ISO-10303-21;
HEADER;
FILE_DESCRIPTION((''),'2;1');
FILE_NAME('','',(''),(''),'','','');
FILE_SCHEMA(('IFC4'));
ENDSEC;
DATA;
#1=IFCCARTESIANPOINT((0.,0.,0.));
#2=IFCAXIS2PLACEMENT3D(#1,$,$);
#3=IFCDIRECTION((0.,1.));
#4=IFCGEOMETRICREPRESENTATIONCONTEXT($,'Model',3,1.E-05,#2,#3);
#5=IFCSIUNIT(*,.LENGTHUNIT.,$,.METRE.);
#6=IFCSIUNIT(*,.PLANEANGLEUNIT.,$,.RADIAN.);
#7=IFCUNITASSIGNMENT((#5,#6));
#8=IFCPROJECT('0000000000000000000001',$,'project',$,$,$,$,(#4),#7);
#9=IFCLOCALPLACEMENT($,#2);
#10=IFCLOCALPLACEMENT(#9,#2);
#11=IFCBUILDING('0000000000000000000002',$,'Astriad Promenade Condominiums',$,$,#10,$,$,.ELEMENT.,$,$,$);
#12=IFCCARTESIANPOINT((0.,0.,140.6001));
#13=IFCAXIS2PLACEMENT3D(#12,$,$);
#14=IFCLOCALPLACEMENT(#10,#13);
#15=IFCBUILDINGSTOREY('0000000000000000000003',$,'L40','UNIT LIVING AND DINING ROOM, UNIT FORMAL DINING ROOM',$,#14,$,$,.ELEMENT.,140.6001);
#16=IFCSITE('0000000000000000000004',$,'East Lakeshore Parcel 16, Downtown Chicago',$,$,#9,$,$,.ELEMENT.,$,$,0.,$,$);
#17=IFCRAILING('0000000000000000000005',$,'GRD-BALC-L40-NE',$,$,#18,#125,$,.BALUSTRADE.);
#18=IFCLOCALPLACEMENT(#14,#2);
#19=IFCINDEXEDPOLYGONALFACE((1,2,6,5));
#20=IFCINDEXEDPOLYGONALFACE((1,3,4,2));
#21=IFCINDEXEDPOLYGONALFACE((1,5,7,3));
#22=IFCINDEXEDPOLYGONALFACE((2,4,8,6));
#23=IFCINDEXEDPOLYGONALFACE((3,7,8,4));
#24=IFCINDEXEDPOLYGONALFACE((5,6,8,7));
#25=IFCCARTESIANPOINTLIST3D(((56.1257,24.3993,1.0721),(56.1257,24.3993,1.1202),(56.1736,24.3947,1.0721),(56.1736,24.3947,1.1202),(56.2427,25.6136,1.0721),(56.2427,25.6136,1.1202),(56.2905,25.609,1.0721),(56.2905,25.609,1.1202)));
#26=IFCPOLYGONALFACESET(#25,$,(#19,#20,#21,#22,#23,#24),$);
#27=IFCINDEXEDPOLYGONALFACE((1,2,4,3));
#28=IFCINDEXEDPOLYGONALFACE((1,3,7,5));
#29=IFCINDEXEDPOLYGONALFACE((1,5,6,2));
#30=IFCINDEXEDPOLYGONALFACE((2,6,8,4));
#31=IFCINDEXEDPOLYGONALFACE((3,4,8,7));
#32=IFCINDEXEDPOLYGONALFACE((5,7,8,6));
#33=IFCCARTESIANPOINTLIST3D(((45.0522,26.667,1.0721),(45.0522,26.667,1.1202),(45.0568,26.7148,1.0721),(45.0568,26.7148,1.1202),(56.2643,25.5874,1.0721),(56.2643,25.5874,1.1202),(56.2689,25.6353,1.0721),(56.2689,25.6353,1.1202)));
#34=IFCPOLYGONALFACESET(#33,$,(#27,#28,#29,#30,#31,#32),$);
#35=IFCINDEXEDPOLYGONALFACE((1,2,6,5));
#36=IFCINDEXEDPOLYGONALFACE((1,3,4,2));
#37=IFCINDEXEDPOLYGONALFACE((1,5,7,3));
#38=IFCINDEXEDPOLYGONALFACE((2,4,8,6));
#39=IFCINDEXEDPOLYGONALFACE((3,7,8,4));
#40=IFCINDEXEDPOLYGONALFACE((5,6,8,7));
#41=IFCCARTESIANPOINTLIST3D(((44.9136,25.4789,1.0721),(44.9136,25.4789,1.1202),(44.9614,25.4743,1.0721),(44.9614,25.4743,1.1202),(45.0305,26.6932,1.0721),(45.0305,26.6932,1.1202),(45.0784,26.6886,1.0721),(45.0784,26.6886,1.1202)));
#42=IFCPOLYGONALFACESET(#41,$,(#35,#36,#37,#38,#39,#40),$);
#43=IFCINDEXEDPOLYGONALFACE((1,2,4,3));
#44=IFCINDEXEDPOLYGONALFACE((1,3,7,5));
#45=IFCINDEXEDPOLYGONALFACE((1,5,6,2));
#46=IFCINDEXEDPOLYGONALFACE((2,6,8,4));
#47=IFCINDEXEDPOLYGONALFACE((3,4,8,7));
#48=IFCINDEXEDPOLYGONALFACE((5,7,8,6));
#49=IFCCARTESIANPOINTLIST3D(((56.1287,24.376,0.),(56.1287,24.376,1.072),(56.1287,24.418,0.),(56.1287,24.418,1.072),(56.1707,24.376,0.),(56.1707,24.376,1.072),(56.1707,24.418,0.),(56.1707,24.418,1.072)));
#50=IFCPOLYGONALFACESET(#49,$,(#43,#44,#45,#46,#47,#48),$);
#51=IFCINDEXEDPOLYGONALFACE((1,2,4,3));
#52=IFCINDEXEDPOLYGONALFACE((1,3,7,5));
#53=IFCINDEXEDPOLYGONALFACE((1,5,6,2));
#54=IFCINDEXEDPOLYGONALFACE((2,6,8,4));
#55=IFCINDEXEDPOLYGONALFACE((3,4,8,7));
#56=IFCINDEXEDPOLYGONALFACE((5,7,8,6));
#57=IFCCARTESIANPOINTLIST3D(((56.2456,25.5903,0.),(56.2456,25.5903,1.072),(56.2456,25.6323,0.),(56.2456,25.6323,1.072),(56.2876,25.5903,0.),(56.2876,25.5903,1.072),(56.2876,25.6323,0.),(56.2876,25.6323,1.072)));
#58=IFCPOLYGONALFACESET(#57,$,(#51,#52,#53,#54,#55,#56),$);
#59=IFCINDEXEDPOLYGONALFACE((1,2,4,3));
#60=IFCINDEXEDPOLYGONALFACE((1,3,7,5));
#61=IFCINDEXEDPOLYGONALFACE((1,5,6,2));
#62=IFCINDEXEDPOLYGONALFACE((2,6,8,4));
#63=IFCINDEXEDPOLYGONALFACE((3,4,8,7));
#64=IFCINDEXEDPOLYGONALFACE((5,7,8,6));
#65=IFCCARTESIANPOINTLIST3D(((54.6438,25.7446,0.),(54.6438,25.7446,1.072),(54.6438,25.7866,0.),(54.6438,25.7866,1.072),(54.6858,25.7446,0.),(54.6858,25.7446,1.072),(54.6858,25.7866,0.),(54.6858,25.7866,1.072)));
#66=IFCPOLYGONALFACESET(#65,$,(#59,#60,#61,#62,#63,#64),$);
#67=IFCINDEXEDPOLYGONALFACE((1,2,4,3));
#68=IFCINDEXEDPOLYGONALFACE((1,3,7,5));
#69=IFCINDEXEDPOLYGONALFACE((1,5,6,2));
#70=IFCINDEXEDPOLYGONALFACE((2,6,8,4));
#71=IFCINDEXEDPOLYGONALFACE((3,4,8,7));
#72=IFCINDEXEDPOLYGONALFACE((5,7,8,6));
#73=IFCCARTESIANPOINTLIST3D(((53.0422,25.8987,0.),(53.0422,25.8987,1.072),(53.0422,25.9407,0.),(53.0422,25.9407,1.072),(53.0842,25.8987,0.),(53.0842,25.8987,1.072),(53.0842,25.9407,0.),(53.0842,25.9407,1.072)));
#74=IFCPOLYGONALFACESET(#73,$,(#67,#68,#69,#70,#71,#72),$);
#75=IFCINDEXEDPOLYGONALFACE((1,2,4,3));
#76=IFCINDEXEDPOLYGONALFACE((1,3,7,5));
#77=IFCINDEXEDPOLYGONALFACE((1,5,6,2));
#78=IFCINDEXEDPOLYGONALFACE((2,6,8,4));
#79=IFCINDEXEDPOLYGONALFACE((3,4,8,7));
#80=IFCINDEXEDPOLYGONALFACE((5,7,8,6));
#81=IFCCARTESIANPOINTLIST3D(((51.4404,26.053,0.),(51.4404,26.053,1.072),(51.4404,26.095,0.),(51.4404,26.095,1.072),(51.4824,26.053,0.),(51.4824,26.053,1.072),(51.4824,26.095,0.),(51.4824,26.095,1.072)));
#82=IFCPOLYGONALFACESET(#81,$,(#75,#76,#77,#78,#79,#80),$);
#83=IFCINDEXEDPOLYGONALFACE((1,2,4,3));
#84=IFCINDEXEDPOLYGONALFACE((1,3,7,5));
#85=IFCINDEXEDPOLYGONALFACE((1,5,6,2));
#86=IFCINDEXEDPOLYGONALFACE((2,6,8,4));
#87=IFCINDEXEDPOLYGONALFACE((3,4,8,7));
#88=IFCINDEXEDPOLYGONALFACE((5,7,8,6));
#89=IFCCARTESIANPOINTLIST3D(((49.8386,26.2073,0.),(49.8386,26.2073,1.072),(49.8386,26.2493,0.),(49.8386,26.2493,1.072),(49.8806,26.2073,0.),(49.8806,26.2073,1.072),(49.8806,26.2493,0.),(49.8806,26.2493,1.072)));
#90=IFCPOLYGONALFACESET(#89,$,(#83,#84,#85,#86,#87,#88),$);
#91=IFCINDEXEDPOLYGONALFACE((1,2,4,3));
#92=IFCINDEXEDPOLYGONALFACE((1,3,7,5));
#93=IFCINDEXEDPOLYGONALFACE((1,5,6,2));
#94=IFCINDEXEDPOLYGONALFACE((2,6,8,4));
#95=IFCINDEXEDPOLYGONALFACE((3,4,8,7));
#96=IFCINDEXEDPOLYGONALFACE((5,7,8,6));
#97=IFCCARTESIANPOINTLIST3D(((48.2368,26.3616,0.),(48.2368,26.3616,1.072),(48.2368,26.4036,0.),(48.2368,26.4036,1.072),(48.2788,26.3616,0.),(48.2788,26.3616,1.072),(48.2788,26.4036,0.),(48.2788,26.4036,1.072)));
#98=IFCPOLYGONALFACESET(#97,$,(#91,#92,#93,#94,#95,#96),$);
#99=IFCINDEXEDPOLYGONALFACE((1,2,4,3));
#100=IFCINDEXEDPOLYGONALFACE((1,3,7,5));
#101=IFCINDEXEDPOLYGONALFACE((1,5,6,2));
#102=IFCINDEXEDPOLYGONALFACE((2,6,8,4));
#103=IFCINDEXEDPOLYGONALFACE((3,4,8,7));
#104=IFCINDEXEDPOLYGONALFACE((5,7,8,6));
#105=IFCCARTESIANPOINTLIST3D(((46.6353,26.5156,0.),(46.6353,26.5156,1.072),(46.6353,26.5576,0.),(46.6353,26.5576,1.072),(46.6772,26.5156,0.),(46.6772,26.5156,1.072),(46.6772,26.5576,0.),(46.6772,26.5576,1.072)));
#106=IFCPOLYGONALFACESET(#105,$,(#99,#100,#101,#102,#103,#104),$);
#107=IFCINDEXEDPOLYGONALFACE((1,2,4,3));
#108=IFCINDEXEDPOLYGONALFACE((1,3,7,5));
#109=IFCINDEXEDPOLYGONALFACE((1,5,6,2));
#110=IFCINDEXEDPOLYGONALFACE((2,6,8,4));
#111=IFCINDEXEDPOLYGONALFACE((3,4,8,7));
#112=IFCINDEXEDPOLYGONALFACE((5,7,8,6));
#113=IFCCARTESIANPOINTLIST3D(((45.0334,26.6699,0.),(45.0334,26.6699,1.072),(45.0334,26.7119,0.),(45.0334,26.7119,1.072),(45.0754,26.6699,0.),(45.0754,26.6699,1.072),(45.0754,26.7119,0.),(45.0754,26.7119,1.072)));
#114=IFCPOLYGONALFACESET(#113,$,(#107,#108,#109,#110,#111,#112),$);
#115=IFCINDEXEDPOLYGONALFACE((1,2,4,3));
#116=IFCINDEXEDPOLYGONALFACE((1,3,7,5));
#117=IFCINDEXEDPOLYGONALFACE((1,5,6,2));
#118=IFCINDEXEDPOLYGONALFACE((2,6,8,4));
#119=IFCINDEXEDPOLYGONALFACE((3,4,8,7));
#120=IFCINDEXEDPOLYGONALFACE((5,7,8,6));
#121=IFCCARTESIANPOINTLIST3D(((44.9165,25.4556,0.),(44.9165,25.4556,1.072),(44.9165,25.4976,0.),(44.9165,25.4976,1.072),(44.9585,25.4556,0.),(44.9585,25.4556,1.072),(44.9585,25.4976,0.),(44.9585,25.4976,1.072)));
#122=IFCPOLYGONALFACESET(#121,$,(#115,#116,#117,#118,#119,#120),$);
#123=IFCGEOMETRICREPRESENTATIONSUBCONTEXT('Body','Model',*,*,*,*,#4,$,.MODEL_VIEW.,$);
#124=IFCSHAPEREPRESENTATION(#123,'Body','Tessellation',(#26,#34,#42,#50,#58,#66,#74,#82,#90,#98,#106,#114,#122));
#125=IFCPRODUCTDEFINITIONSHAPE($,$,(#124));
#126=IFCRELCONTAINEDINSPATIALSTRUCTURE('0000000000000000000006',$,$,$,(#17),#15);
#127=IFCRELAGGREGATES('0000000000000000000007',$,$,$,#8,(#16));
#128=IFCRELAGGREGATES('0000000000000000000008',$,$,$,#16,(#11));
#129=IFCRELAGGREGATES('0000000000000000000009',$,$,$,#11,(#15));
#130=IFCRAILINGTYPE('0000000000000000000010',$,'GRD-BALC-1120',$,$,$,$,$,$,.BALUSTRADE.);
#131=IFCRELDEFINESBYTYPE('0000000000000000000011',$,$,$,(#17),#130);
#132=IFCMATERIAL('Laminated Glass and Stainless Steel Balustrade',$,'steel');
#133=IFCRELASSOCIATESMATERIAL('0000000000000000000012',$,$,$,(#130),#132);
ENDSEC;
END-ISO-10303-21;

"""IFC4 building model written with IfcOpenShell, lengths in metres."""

from ifc_helpers import new_model, si_unit, direction, frame, origin, origin_2d, place, context, subcontext, project, spatial, rectangle, extrude, source, transform, mapped, material, type_object, type_shapes, element, save


model = new_model("IFC4")

# Units and contexts
model_context = context("Model", 3, precision=1e-05, world=origin(), true_north=direction((0.0, 1.0)))
body_context = subcontext(model_context, "Body", "Model", "MODEL_VIEW")
ifc_project = project(units=[si_unit("LENGTHUNIT", "METRE"), si_unit("PLANEANGLEUNIT", "RADIAN")], contexts=[model_context])

# Site, building, storey
site_placement = place(None, origin())
site = spatial("IfcSite", under=ifc_project, at=site_placement, Name="East Lakeshore Parcel 16, Downtown Chicago", CompositionType="ELEMENT", RefElevation=0.0)
building_placement = place(site_placement, origin())
building = spatial("IfcBuilding", under=site, at=building_placement, Name="Astriad Promenade Condominiums", CompositionType="ELEMENT")
storey_placement = place(building_placement, frame((0.0, 0.0, 140.6001)))
storey = spatial("IfcBuildingStorey", under=building, at=storey_placement, Name="L40", Description="UNIT LIVING AND DINING ROOM, UNIT FORMAL DINING ROOM", CompositionType="ELEMENT", Elevation=140.6001)

# Railing
ifc_material_1 = material(Name="Laminated Glass and Stainless Steel Balustrade", Category="steel")
railing_type = type_object("IfcRailingType", Name="GRD-BALC-1120", PredefinedType="BALUSTRADE", material=ifc_material_1)
shared_shape_1 = source(origin(), body_context, "Body", "SweptSolid", [
    extrude(rectangle(XDim=0.0481, YDim=0.0481, at=origin_2d()), frame((0.0, 0.0, 1.0962), z_axis=(0.095857, 0.995395, 0.0), x_axis=(-0.995395, 0.095857, 0.0)), (0.0, 0.0, 1.0), 1.22),
    extrude(rectangle(XDim=0.0481, YDim=0.0481, at=origin_2d()), frame((0.1169, 1.2144, 1.0962), z_axis=(-0.995396, 0.095844, 0.0), x_axis=(-0.095844, -0.995396, 0.0)), (0.0, 0.0, 1.0), 11.2639),
    extrude(rectangle(XDim=0.0481, YDim=0.0481, at=origin_2d()), frame((-11.0952, 2.2939, 1.0962), z_axis=(-0.095857, -0.995395, 0.0), x_axis=(0.995395, -0.095857, 0.0)), (0.0, 0.0, 1.0), 1.22),
    extrude(rectangle(XDim=0.042, YDim=0.042, at=origin_2d()), origin(), (0.0, 0.0, 1.0), 1.072),
    extrude(rectangle(XDim=0.042, YDim=0.042, at=origin_2d()), frame((0.1169, 1.2144, 0.0)), (0.0, 0.0, 1.0), 1.072),
    extrude(rectangle(XDim=0.042, YDim=0.042, at=origin_2d()), frame((-1.4849, 1.3687, 0.0)), (0.0, 0.0, 1.0), 1.072),
    extrude(rectangle(XDim=0.042, YDim=0.042, at=origin_2d()), frame((-3.0864, 1.5227, 0.0)), (0.0, 0.0, 1.0), 1.072),
    extrude(rectangle(XDim=0.042, YDim=0.042, at=origin_2d()), frame((-4.6882, 1.677, 0.0)), (0.0, 0.0, 1.0), 1.072),
    extrude(rectangle(XDim=0.042, YDim=0.042, at=origin_2d()), frame((-6.29, 1.8313, 0.0)), (0.0, 0.0, 1.0), 1.072),
    extrude(rectangle(XDim=0.042, YDim=0.042, at=origin_2d()), frame((-7.8918, 1.9856, 0.0)), (0.0, 0.0, 1.0), 1.072),
    extrude(rectangle(XDim=0.042, YDim=0.042, at=origin_2d()), frame((-9.4934, 2.1396, 0.0)), (0.0, 0.0, 1.0), 1.072),
    extrude(rectangle(XDim=0.042, YDim=0.042, at=origin_2d()), frame((-11.0952, 2.2939, 0.0)), (0.0, 0.0, 1.0), 1.072),
    extrude(rectangle(XDim=0.042, YDim=0.042, at=origin_2d()), frame((-11.2122, 1.0796, 0.0)), (0.0, 0.0, 1.0), 1.072),
])
type_shapes(railing_type, [shared_shape_1])
railing_placement = place(storey_placement, frame((56.1497, 24.397, 0.0)))
element("IfcRailing", 1, at=railing_placement, inside=storey, type_object=railing_type, Name="GRD-BALC-L40-NE", PredefinedType="BALUSTRADE", context=body_context, shape_type="MappedRepresentation", body=[
    mapped(shared_shape_1, transform((0.0, 0.0, 0.0), scale=1.0)),
])

save(model, "model.ifc")
